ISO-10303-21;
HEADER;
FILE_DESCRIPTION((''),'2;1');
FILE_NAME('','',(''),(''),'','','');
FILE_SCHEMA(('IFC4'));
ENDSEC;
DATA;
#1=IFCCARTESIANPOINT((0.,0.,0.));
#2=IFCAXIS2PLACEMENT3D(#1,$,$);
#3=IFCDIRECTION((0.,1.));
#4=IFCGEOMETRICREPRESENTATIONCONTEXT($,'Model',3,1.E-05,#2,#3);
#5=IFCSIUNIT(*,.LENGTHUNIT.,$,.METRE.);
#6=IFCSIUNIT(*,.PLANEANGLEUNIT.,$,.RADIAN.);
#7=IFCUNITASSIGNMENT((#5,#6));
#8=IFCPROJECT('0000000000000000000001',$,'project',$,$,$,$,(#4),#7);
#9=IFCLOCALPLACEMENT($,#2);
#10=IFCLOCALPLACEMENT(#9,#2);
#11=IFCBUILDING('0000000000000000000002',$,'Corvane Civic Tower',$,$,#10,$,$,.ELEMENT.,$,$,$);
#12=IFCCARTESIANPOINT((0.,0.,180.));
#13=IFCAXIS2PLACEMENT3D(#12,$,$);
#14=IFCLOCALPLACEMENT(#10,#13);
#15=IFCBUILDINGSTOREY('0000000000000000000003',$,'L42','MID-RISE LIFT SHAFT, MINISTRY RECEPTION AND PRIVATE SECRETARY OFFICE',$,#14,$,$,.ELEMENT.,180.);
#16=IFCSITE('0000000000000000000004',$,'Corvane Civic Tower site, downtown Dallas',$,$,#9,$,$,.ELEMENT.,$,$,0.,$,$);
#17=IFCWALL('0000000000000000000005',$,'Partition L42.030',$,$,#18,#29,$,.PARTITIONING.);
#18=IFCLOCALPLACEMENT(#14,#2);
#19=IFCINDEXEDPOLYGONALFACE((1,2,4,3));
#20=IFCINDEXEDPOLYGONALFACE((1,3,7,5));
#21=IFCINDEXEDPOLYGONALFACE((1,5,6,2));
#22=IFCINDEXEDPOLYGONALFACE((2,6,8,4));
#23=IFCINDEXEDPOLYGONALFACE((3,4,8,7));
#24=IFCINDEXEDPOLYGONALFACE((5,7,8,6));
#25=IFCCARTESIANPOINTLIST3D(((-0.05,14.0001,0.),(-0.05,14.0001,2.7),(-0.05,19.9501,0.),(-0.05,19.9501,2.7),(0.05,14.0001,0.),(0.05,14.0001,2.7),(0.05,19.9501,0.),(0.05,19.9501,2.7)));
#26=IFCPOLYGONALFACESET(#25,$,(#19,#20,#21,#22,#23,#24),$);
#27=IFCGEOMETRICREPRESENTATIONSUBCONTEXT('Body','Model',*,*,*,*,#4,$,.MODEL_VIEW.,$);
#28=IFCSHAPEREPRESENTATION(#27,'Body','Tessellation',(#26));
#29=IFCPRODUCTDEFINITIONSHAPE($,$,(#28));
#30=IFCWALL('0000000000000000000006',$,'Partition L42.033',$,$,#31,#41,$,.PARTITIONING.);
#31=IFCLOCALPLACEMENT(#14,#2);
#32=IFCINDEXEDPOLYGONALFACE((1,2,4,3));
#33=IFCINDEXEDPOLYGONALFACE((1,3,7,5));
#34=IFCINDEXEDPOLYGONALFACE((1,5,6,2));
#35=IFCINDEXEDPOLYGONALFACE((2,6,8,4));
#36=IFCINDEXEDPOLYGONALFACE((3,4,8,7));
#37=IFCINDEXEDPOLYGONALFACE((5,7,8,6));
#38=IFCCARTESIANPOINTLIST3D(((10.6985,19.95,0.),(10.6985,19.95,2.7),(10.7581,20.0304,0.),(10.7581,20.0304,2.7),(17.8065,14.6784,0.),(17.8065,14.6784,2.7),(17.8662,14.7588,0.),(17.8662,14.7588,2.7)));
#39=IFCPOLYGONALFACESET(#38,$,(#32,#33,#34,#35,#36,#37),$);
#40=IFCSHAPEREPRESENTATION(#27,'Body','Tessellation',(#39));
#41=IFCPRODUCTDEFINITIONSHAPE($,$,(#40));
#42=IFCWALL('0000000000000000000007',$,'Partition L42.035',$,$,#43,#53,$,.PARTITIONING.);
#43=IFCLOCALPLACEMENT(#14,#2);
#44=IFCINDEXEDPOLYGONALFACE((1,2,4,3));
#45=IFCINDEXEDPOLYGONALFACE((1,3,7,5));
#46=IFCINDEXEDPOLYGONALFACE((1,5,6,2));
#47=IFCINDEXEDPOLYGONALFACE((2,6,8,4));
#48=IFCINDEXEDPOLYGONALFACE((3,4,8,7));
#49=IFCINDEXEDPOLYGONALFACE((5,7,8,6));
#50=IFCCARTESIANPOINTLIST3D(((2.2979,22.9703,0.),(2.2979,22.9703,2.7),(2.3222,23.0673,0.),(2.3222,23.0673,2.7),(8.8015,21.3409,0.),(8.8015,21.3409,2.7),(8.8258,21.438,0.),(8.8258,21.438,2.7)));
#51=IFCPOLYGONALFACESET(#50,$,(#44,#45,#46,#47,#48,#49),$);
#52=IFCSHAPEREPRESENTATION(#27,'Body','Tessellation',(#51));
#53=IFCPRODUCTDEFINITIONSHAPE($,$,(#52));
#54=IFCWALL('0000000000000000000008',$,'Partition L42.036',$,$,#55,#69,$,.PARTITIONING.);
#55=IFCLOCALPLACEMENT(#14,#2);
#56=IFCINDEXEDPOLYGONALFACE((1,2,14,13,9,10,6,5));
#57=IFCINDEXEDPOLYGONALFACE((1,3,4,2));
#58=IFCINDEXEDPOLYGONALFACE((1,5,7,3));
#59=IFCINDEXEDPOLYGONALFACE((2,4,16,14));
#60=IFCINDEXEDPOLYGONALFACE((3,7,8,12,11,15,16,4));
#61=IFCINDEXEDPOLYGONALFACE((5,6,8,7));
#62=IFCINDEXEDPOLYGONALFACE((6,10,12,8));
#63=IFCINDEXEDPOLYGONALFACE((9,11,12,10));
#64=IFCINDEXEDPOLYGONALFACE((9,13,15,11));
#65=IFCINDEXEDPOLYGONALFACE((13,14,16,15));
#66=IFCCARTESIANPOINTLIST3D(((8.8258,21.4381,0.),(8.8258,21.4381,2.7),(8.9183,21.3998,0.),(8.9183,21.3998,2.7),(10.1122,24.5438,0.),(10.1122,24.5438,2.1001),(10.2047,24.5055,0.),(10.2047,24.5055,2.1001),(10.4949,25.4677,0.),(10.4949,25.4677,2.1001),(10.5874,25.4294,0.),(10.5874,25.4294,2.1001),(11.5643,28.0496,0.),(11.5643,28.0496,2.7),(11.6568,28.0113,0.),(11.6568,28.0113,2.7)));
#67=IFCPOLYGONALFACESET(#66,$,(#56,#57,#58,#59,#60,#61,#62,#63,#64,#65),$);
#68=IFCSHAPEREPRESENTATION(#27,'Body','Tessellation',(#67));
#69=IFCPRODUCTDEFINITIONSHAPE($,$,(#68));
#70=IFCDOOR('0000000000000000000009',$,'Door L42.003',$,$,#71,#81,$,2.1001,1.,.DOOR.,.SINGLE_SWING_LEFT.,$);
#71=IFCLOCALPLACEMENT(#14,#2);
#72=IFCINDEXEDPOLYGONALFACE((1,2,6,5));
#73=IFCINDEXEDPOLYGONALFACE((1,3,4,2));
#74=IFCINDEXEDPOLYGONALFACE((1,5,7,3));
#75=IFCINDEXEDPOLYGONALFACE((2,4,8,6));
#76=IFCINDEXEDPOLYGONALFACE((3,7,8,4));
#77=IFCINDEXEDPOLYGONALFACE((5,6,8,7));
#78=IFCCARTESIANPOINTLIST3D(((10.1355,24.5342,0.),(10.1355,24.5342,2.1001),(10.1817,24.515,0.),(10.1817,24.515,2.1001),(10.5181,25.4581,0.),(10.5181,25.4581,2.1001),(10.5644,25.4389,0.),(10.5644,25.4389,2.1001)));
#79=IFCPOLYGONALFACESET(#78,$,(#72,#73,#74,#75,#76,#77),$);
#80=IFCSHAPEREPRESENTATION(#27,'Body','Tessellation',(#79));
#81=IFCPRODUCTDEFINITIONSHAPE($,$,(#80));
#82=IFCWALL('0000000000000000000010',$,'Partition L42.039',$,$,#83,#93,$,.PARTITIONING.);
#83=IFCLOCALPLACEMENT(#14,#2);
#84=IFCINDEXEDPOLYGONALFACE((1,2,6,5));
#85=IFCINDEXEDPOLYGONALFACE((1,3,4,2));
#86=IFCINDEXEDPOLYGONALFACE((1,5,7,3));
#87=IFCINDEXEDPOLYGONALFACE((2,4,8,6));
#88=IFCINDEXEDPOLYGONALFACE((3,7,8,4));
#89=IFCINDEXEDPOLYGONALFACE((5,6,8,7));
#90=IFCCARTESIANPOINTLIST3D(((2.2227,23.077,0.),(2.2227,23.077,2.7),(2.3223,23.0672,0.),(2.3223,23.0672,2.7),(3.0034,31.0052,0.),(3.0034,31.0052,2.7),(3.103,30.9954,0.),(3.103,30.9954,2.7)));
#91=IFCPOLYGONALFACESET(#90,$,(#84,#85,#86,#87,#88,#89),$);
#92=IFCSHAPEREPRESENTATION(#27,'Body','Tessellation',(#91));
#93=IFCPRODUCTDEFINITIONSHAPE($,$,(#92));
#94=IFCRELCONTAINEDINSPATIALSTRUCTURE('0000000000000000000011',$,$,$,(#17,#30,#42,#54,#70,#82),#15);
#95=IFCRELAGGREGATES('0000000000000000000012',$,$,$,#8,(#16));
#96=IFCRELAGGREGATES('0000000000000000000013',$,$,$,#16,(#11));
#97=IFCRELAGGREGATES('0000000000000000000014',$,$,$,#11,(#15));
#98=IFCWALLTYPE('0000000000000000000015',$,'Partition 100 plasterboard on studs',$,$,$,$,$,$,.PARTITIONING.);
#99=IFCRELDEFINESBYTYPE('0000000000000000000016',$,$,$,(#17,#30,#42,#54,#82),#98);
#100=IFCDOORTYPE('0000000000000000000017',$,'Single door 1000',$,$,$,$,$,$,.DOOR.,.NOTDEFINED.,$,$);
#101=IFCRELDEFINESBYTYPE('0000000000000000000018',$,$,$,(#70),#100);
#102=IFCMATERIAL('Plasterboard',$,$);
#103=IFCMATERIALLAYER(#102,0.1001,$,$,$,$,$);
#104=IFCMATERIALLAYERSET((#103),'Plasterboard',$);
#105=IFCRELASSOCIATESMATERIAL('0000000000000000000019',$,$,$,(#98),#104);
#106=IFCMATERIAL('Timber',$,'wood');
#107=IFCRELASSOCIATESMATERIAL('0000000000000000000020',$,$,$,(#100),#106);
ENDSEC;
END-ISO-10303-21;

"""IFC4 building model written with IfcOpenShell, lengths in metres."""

from ifc_helpers import new_model, si_unit, direction, frame, frame_2d, origin, place, context, subcontext, project, spatial, rectangle, extrude, material, layer, layer_set, type_object, element, fill, save


model = new_model("IFC4")

# Units and contexts
model_context = context("Model", 3, precision=1e-05, world=origin(), true_north=direction((0.0, 1.0)))
body_context = subcontext(model_context, "Body", "Model", "MODEL_VIEW")
ifc_project = project(units=[si_unit("LENGTHUNIT", "METRE"), si_unit("PLANEANGLEUNIT", "RADIAN")], contexts=[model_context])

# Site, building, storey
site_placement = place(None, origin())
site = spatial("IfcSite", under=ifc_project, at=site_placement, Name="Corvane Civic Tower site, downtown Dallas", CompositionType="ELEMENT", RefElevation=0.0)
building_placement = place(site_placement, origin())
building = spatial("IfcBuilding", under=site, at=building_placement, Name="Corvane Civic Tower", CompositionType="ELEMENT")
storey_placement = place(building_placement, frame((0.0, 0.0, 180.0)))
storey = spatial("IfcBuildingStorey", under=building, at=storey_placement, Name="L42", Description="MID-RISE LIFT SHAFT, MINISTRY RECEPTION AND PRIVATE SECRETARY OFFICE", CompositionType="ELEMENT", Elevation=180.0)

# Walls
ifc_material_1 = material(Name="Plasterboard")
ifc_layer_1 = layer(ifc_material_1, 0.1001)
ifc_layer_set_1 = layer_set([ifc_layer_1], Name="Plasterboard")
wall_type = type_object("IfcWallType", Name="Partition 100 plasterboard on studs", PredefinedType="PARTITIONING", material=ifc_layer_set_1)
wall_1_placement = place(storey_placement, frame((0.0, 14.0, 0.0), z_axis=(0.0, 0.0, 1.0), x_axis=(0.0, 1.0, 0.0)))
element("IfcWall", 1, at=wall_1_placement, inside=storey, type_object=wall_type, Name="Partition L42.030", PredefinedType="PARTITIONING", context=body_context, shape_type="SweptSolid", body=[
    extrude(rectangle(XDim=5.95, YDim=0.1001, at=frame_2d((2.9751, 0.0))), origin(), (0.0, 0.0, 1.0), 2.7),
])
wall_2_placement = place(storey_placement, frame((10.7283, 19.9902, 0.0), z_axis=(0.0, 0.0, 1.0), x_axis=(0.80321, -0.595697, 0.0)))
element("IfcWall", 2, at=wall_2_placement, inside=storey, type_object=wall_type, Name="Partition L42.033", PredefinedType="PARTITIONING", context=body_context, shape_type="SweptSolid", body=[
    extrude(rectangle(XDim=8.8496, YDim=0.1001, at=frame_2d((4.4248, 0.0))), origin(), (0.0, 0.0, 1.0), 2.7),
])
wall_3_placement = place(storey_placement, frame((2.3101, 23.0188, 0.0), z_axis=(0.0, 0.0, 1.0), x_axis=(0.97002, -0.243024, 0.0)))
element("IfcWall", 3, at=wall_3_placement, inside=storey, type_object=wall_type, Name="Partition L42.035", PredefinedType="PARTITIONING", context=body_context, shape_type="SweptSolid", body=[
    extrude(rectangle(XDim=6.7046, YDim=0.1001, at=frame_2d((3.3523, 0.0))), origin(), (0.0, 0.0, 1.0), 2.7),
])

# Wall, opening, door
wall_4_placement = place(storey_placement, frame((8.8721, 21.4189, 0.0), z_axis=(0.0, 0.0, 1.0), x_axis=(0.382674, 0.923883, 0.0)))
wall_4 = element("IfcWall", 4, at=wall_4_placement, inside=storey, type_object=wall_type, Name="Partition L42.036", PredefinedType="PARTITIONING", context=body_context, shape_type="SweptSolid", body=[
    extrude(rectangle(XDim=7.1562, YDim=0.1001, at=frame_2d((3.5781, 0.0))), origin(), (0.0, 0.0, 1.0), 2.7),
])
opening_placement = place(wall_4_placement, frame((3.3616, 0.0, 0.0)))
opening = element("IfcOpeningElement", 5, at=opening_placement, cuts=wall_4, PredefinedType="OPENING", context=body_context, shape_type="SweptSolid", body=[
    extrude(rectangle(XDim=1.0, YDim=2.1001, at=frame_2d((0.5, 1.05))), frame((0.0, 0.0601, 0.0), z_axis=(0.0, -1.0, 0.0), x_axis=(1.0, 0.0, 0.0)), (0.0, 0.0, 1.0), 0.1201),
])
ifc_material_2 = material(Name="Timber", Category="wood")
door_type = type_object("IfcDoorType", Name="Single door 1000", OperationType="NOTDEFINED", PredefinedType="DOOR", material=ifc_material_2)
door_placement = place(opening_placement, origin())
door = element("IfcDoor", 6, at=door_placement, inside=storey, type_object=door_type, Name="Door L42.003", OperationType="SINGLE_SWING_LEFT", OverallHeight=2.1001, OverallWidth=1.0, PredefinedType="DOOR", context=body_context, shape_type="SweptSolid", body=[
    extrude(rectangle(XDim=1.0, YDim=2.1001, at=frame_2d((0.5, 1.05))), frame((0.0, 0.0249, 0.0), z_axis=(0.0, -1.0, 0.0), x_axis=(1.0, 0.0, 0.0)), (0.0, 0.0, 1.0), 0.05),
])
fill(opening, door)

# Wall
wall_5_placement = place(storey_placement, frame((2.2725, 23.072, 0.0), z_axis=(0.0, 0.0, 1.0), x_axis=(0.098005, 0.995186, 0.0)))
element("IfcWall", 7, at=wall_5_placement, inside=storey, type_object=wall_type, Name="Partition L42.039", PredefinedType="PARTITIONING", context=body_context, shape_type="SweptSolid", body=[
    extrude(rectangle(XDim=7.9666, YDim=0.1001, at=frame_2d((3.9834, 0.0))), origin(), (0.0, 0.0, 1.0), 2.7),
])

save(model, "model.ifc")
